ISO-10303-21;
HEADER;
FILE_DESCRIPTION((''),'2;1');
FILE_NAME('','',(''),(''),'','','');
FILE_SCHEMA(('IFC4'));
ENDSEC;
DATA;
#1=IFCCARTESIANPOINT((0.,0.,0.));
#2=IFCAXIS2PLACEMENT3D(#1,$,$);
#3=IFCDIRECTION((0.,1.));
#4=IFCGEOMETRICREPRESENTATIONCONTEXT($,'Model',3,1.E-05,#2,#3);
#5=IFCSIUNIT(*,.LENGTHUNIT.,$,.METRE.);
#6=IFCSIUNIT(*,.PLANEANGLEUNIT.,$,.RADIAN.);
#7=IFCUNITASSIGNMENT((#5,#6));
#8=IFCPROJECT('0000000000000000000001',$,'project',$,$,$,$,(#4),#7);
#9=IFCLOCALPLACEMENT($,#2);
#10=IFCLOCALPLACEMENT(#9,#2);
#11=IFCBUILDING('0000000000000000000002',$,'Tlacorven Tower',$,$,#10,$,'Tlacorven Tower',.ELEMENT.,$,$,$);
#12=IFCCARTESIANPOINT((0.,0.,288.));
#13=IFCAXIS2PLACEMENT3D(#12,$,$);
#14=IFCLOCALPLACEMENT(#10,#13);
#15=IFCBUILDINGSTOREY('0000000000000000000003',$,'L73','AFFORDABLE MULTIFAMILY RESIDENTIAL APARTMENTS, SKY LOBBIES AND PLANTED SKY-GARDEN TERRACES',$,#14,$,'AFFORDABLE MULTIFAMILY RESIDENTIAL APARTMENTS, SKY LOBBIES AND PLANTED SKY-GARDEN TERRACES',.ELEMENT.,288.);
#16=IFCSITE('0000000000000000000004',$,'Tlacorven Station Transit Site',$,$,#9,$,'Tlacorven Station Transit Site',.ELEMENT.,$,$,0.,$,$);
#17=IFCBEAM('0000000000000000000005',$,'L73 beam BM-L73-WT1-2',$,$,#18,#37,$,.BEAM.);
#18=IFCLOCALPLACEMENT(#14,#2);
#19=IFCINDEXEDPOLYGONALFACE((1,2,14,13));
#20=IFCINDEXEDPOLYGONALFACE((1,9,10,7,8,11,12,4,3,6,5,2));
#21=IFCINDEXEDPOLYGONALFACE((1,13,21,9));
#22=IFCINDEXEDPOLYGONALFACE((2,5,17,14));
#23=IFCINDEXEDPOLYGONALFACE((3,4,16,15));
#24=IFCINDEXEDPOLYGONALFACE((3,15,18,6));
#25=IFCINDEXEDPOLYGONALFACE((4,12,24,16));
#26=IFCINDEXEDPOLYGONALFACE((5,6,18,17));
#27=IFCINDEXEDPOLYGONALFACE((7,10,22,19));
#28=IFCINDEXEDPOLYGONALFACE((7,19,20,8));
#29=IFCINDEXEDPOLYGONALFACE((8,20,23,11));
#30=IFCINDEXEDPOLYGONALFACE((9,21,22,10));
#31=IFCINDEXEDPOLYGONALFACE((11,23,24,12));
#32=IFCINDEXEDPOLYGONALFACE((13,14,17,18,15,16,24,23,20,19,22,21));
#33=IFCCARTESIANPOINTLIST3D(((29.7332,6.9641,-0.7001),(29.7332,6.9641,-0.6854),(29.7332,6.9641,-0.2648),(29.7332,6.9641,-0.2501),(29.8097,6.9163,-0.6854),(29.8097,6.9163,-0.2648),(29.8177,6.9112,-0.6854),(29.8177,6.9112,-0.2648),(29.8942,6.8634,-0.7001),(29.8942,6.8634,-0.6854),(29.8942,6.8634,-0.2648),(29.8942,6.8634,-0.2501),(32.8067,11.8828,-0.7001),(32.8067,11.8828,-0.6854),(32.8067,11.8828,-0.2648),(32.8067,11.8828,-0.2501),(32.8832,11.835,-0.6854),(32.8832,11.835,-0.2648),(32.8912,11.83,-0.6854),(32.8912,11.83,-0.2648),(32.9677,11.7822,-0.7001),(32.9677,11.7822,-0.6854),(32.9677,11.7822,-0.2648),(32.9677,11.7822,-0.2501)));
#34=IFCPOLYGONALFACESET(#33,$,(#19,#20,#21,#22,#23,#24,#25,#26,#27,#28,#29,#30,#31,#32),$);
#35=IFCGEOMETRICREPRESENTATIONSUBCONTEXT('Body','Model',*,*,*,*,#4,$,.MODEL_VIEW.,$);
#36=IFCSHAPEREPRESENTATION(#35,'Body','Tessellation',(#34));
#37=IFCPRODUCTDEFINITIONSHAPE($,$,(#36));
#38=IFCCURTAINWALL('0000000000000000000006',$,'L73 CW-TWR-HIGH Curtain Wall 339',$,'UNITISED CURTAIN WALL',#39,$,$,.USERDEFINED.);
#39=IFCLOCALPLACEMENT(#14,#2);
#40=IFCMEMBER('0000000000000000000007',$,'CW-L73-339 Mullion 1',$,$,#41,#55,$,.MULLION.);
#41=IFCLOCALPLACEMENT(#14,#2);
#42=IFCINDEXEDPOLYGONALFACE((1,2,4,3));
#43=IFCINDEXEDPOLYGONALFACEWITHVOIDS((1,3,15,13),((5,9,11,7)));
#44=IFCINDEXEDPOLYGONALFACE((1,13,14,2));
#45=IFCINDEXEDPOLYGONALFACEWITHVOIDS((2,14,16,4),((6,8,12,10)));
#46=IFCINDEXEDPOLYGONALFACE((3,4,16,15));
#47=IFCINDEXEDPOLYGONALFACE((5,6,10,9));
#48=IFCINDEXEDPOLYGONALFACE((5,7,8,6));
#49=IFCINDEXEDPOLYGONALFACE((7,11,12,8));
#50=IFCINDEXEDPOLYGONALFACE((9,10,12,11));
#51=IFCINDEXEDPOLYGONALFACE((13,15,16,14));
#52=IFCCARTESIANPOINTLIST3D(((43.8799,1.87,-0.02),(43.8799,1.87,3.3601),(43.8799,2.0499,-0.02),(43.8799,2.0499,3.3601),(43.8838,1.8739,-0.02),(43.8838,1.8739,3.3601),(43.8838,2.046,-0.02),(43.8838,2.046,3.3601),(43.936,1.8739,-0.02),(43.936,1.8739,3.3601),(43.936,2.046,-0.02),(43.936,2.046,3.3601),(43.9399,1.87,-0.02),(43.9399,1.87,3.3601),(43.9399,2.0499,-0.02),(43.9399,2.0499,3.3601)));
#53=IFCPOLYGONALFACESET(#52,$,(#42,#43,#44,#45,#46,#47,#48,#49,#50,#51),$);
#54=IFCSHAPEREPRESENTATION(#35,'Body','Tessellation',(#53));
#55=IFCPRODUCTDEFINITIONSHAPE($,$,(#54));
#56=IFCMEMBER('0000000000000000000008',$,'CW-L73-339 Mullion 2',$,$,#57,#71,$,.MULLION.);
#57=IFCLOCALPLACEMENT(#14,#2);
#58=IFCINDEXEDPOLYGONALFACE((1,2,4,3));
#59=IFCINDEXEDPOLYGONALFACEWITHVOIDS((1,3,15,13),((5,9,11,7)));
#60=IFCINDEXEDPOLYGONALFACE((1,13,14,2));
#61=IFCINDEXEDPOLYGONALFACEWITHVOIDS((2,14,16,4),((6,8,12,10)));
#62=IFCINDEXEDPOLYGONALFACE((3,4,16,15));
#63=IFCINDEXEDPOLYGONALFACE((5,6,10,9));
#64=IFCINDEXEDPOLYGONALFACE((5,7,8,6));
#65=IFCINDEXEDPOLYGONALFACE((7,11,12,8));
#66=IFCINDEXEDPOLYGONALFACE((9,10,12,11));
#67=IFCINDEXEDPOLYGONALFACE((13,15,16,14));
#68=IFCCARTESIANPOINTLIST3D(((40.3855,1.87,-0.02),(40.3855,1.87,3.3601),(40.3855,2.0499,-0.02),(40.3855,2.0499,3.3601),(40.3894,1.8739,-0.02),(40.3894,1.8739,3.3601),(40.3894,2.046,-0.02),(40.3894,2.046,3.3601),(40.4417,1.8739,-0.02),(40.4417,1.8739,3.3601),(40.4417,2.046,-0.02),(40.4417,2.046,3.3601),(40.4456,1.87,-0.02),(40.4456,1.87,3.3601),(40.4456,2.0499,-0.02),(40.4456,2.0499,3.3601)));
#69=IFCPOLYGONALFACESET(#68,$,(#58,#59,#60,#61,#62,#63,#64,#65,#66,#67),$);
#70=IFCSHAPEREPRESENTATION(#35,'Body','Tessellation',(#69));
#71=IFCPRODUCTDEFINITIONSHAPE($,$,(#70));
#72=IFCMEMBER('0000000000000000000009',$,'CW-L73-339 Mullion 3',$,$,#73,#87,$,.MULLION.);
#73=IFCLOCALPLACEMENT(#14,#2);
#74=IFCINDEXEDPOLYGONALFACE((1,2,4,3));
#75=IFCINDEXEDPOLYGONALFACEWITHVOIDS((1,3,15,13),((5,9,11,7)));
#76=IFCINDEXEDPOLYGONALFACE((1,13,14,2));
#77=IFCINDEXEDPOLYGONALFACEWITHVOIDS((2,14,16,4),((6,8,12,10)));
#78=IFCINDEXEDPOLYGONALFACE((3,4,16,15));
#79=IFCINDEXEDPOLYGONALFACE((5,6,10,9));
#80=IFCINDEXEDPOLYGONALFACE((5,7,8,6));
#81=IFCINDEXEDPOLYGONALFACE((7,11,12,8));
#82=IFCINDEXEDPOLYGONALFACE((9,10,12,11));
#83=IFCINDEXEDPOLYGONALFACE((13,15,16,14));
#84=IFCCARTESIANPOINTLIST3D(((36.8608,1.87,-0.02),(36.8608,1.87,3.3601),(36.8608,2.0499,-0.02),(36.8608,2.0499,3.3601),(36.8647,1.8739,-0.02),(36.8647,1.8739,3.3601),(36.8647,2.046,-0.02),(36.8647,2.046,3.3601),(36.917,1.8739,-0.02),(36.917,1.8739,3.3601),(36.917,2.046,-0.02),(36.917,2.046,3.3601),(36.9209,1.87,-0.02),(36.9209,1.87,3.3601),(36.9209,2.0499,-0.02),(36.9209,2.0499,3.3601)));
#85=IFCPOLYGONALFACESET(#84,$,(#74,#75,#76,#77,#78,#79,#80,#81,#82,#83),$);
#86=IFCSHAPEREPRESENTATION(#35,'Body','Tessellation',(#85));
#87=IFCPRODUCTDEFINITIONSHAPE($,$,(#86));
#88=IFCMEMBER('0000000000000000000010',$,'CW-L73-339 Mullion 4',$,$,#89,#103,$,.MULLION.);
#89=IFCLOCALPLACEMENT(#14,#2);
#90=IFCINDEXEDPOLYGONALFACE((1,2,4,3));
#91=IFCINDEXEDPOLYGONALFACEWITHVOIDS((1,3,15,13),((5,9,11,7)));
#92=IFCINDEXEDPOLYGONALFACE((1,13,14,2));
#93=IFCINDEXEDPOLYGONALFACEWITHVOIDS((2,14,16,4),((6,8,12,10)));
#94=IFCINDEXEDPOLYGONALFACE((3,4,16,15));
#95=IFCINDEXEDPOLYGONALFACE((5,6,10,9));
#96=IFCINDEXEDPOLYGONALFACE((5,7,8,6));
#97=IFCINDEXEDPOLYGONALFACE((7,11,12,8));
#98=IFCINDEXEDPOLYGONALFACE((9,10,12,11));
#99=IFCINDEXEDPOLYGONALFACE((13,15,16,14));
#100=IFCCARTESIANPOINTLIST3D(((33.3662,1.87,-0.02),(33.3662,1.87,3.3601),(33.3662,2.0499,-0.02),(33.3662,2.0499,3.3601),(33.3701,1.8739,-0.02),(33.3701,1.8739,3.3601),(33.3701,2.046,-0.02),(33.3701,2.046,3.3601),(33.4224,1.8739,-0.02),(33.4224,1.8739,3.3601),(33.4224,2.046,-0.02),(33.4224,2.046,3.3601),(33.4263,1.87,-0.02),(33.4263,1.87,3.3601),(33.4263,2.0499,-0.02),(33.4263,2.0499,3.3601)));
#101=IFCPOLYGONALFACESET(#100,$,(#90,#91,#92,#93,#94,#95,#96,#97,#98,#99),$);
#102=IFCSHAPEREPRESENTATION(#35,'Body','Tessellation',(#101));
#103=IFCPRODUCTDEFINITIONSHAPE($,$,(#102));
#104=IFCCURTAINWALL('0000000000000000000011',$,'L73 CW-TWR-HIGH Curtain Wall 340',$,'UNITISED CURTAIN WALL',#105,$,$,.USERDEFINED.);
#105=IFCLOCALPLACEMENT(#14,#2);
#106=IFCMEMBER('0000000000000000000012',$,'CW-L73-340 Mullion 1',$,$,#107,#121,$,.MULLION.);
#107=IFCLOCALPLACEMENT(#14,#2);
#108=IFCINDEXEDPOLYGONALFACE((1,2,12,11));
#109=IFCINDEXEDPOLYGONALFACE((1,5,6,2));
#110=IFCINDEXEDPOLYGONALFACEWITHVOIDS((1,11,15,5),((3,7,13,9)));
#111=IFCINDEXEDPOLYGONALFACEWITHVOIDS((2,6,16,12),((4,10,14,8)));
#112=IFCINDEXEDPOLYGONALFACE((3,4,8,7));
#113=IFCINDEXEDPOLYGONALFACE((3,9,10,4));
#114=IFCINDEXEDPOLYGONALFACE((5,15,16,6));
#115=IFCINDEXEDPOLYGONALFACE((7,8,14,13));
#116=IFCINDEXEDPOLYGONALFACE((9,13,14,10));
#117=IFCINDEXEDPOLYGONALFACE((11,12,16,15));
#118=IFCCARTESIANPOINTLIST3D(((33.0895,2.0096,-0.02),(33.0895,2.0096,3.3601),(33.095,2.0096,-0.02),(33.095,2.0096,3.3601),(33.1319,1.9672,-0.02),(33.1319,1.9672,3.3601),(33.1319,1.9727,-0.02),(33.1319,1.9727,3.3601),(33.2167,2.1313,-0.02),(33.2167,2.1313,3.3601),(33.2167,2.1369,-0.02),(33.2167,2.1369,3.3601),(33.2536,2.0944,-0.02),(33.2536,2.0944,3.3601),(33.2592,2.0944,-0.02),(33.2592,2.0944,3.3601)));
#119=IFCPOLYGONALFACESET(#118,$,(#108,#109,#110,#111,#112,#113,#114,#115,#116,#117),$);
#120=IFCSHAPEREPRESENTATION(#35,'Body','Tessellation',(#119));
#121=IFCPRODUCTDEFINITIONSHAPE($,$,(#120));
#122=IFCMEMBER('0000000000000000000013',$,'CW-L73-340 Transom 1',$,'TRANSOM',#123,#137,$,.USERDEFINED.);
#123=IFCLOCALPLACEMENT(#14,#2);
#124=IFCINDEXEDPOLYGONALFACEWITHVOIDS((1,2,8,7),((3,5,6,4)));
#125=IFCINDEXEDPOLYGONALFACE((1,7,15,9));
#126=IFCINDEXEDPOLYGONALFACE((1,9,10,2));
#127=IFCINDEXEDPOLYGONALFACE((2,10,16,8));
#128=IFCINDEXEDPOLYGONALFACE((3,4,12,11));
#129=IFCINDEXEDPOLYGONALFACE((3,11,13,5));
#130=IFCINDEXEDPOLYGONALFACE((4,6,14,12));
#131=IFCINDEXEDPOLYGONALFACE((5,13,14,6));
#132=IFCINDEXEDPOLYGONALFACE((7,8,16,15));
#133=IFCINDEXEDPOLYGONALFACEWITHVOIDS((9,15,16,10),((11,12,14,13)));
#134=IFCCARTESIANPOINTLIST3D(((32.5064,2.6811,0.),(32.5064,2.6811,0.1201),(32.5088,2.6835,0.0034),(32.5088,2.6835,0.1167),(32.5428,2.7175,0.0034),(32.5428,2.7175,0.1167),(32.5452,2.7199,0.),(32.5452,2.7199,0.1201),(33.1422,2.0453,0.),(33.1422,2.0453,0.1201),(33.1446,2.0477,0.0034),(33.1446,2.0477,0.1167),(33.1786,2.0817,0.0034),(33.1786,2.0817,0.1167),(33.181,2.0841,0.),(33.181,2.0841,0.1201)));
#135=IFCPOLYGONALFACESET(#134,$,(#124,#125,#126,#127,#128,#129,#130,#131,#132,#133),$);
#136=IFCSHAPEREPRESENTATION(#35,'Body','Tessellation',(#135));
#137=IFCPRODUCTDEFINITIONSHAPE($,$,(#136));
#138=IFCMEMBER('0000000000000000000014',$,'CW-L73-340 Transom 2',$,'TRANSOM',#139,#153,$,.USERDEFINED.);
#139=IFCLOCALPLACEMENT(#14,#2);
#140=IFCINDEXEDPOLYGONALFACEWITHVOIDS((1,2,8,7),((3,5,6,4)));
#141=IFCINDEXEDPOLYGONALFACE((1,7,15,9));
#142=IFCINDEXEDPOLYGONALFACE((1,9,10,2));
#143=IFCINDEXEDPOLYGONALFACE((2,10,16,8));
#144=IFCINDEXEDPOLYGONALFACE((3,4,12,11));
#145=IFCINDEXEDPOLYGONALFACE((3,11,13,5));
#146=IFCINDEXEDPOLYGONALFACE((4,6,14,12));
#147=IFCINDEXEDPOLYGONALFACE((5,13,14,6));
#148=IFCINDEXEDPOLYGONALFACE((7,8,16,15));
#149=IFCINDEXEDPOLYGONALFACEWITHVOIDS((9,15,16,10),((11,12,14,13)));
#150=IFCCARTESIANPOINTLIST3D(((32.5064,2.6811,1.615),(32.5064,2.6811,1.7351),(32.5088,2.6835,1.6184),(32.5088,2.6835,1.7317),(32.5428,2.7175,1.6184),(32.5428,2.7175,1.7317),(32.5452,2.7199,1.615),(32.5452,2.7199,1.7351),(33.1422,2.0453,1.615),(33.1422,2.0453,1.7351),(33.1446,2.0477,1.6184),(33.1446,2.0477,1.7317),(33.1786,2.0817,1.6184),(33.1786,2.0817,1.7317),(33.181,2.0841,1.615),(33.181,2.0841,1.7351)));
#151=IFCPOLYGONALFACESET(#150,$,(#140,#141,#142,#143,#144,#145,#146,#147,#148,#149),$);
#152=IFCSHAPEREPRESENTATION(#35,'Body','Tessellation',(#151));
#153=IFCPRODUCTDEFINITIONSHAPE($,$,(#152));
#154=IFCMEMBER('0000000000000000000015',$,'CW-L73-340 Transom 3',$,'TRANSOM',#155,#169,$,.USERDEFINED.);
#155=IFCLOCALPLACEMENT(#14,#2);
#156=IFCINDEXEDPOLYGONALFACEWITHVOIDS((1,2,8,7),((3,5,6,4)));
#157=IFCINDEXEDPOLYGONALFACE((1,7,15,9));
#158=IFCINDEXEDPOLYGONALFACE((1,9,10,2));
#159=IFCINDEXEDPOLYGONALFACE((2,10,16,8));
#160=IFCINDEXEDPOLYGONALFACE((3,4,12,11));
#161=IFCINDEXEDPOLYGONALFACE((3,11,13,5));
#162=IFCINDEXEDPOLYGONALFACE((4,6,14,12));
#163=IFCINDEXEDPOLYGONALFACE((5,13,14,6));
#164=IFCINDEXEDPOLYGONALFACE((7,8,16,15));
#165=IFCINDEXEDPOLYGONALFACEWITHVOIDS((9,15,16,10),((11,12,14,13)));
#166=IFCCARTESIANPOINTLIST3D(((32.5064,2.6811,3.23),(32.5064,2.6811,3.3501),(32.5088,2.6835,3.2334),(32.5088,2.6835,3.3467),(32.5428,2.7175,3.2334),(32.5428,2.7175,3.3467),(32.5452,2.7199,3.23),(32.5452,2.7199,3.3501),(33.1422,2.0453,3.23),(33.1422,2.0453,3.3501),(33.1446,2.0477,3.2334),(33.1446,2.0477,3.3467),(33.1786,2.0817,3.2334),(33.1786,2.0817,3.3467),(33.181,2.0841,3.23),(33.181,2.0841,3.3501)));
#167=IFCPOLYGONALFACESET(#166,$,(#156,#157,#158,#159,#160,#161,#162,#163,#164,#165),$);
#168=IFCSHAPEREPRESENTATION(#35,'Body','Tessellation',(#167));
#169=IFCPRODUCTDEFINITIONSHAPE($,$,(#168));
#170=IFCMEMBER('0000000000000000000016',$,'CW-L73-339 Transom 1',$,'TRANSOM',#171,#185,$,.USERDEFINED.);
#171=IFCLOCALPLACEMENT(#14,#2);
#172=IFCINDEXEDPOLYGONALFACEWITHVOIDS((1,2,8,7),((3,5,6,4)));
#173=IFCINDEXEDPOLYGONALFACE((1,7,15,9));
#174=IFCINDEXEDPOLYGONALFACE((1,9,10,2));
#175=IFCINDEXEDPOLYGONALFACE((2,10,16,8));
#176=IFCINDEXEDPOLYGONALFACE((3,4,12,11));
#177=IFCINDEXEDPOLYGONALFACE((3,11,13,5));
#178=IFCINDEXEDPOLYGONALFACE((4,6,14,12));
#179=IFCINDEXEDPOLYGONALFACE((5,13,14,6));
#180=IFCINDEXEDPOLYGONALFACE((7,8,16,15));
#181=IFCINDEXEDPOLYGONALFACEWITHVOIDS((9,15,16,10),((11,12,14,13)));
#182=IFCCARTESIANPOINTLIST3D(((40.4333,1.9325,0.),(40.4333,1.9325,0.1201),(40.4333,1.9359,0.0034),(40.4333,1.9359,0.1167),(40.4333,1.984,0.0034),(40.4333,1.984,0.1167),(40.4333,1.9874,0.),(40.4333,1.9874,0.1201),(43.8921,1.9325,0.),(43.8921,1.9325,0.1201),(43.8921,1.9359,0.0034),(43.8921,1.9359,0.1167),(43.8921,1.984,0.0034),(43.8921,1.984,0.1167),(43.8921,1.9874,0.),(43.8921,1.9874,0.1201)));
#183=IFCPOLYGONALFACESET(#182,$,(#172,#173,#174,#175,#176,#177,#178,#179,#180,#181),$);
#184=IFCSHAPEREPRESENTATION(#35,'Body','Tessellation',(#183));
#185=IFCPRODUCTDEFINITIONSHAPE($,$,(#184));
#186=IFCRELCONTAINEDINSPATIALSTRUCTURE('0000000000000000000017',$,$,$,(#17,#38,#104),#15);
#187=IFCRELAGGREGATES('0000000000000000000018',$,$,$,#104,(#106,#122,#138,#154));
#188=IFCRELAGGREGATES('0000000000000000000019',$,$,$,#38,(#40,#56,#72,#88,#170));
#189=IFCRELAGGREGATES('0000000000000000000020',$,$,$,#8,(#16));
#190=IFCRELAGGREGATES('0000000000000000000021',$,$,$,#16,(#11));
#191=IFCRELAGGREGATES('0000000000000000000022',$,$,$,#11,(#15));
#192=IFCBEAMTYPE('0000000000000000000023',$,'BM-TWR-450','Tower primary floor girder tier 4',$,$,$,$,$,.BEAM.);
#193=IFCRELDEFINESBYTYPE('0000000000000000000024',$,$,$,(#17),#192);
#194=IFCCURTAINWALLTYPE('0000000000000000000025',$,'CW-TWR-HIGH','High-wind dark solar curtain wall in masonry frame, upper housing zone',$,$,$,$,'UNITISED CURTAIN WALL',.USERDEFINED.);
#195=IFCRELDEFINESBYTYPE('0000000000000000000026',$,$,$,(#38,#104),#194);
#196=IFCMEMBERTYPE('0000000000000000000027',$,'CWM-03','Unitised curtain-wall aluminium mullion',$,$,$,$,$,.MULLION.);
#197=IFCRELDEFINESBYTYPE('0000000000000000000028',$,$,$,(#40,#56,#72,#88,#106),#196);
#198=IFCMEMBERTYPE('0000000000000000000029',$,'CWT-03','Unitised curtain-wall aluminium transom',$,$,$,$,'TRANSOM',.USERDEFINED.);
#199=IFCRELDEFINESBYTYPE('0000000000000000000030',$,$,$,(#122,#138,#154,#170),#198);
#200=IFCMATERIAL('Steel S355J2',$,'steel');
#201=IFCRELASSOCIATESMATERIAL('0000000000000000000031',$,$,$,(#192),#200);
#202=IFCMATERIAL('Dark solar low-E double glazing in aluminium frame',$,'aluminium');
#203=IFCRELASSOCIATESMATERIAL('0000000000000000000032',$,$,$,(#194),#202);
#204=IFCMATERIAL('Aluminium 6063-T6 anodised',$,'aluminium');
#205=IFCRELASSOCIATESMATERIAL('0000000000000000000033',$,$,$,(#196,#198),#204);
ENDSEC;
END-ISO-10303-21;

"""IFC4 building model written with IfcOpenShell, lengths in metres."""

from ifc_helpers import new_model, si_unit, direction, frame, origin, origin_2d, place, context, subcontext, project, spatial, hollow_rectangle, i_section, extrude, source, transform, mapped, material, material_profile, profile_set, type_object, element, aggregate, save


model = new_model("IFC4")

# Units and contexts
model_context = context("Model", 3, precision=1e-05, world=origin(), true_north=direction((0.0, 1.0)))
body_context = subcontext(model_context, "Body", "Model", "MODEL_VIEW")
ifc_project = project(units=[si_unit("LENGTHUNIT", "METRE"), si_unit("PLANEANGLEUNIT", "RADIAN")], contexts=[model_context])

# Site, building, storey
site_placement = place(None, origin())
site = spatial("IfcSite", under=ifc_project, at=site_placement, Name="Tlacorven Station Transit Site", LongName="Tlacorven Station Transit Site", CompositionType="ELEMENT", RefElevation=0.0)
building_placement = place(site_placement, origin())
building = spatial("IfcBuilding", under=site, at=building_placement, Name="Tlacorven Tower", LongName="Tlacorven Tower", CompositionType="ELEMENT")
storey_placement = place(building_placement, frame((0.0, 0.0, 288.0)))
storey = spatial("IfcBuildingStorey", under=building, at=storey_placement, Name="L73", Description="AFFORDABLE MULTIFAMILY RESIDENTIAL APARTMENTS, SKY LOBBIES AND PLANTED SKY-GARDEN TERRACES", LongName="AFFORDABLE MULTIFAMILY RESIDENTIAL APARTMENTS, SKY LOBBIES AND PLANTED SKY-GARDEN TERRACES", CompositionType="ELEMENT", Elevation=288.0)

# Beam
ifc_material_1 = material(Name="Steel S355J2", Category="steel")
ifc_material_profile_1 = material_profile(ifc_material_1, i_section(OverallWidth=0.1899, OverallDepth=0.45, WebThickness=0.0095, FlangeThickness=0.0146, at=origin_2d()), Name="IPE 450")
ifc_profile_set_1 = profile_set([ifc_material_profile_1], Name="Steel S355J2")
beam_type = type_object("IfcBeamType", Name="BM-TWR-450", Description="Tower primary floor girder tier 4", PredefinedType="BEAM", material=ifc_profile_set_1)
shared_shape_1 = source(origin(), body_context, "Body", "SweptSolid", [
    extrude(i_section(OverallWidth=0.1899, OverallDepth=0.45, WebThickness=0.0095, FlangeThickness=0.0146, at=origin_2d()), origin(), (0.0, 0.0, 1.0), 5.8),
])
beam_placement = place(storey_placement, frame((32.8872, 11.8325, -0.4751), z_axis=(-0.529912, -0.848053, 0.0), x_axis=(0.848053, -0.529912, 0.0)))
element("IfcBeam", 1, at=beam_placement, inside=storey, type_object=beam_type, Name="L73 beam BM-L73-WT1-2", PredefinedType="BEAM", context=body_context, shape_type="MappedRepresentation", body=[
    mapped(shared_shape_1, transform((0.0, 0.0, 0.0), scale=1.0)),
])

# Curtain walls, members
ifc_material_2 = material(Name="Dark solar low-E double glazing in aluminium frame", Category="aluminium")
curtain_wall_type = type_object("IfcCurtainWallType", Name="CW-TWR-HIGH", Description="High-wind dark solar curtain wall in masonry frame, upper housing zone", ElementType="UNITISED CURTAIN WALL", PredefinedType="USERDEFINED", material=ifc_material_2)
curtain_wall_1_placement = place(storey_placement, origin())
curtain_wall_1 = element("IfcCurtainWall", 2, at=curtain_wall_1_placement, inside=storey, type_object=curtain_wall_type, Name="L73 CW-TWR-HIGH Curtain Wall 339", ObjectType="UNITISED CURTAIN WALL", PredefinedType="USERDEFINED")
ifc_material_3 = material(Name="Aluminium 6063-T6 anodised", Category="aluminium")
ifc_material_profile_2 = material_profile(ifc_material_3, hollow_rectangle(XDim=0.0601, YDim=0.1799, WallThickness=0.0039, at=origin_2d()), Name="ALU MULLION 60X180")
ifc_profile_set_2 = profile_set([ifc_material_profile_2], Name="Aluminium 6063-T6 anodised")
member_type_1 = type_object("IfcMemberType", Name="CWM-03", Description="Unitised curtain-wall aluminium mullion", PredefinedType="MULLION", material=ifc_profile_set_2)
shared_shape_2 = source(origin(), body_context, "Body", "SweptSolid", [
    extrude(hollow_rectangle(XDim=0.0601, YDim=0.1799, WallThickness=0.0039, at=origin_2d()), origin(), (0.0, 0.0, 1.0), 3.3801),
])
member_1_placement = place(storey_placement, frame((43.9099, 1.96, -0.02), z_axis=(0.0, 0.0, 1.0), x_axis=(-1.0, 0.0, 0.0)))
member_1 = element("IfcMember", 3, at=member_1_placement, type_object=member_type_1, Name="CW-L73-339 Mullion 1", PredefinedType="MULLION", context=body_context, shape_type="MappedRepresentation", body=[
    mapped(shared_shape_2, transform((0.0, 0.0, 0.0), scale=1.0)),
])
member_2_placement = place(storey_placement, frame((40.4155, 1.96, -0.02), z_axis=(0.0, 0.0, 1.0), x_axis=(-1.0, 0.0, 0.0)))
member_2 = element("IfcMember", 4, at=member_2_placement, type_object=member_type_1, Name="CW-L73-339 Mullion 2", PredefinedType="MULLION", context=body_context, shape_type="MappedRepresentation", body=[
    mapped(shared_shape_2, transform((0.0, 0.0, 0.0), scale=1.0)),
])
member_3_placement = place(storey_placement, frame((36.8909, 1.96, -0.02), z_axis=(0.0, 0.0, 1.0), x_axis=(-1.0, 0.0, 0.0)))
member_3 = element("IfcMember", 5, at=member_3_placement, type_object=member_type_1, Name="CW-L73-339 Mullion 3", PredefinedType="MULLION", context=body_context, shape_type="MappedRepresentation", body=[
    mapped(shared_shape_2, transform((0.0, 0.0, 0.0), scale=1.0)),
])
member_4_placement = place(storey_placement, frame((33.3962, 1.96, -0.02), z_axis=(0.0, 0.0, 1.0), x_axis=(-1.0, 0.0, 0.0)))
member_4 = element("IfcMember", 6, at=member_4_placement, type_object=member_type_1, Name="CW-L73-339 Mullion 4", PredefinedType="MULLION", context=body_context, shape_type="MappedRepresentation", body=[
    mapped(shared_shape_2, transform((0.0, 0.0, 0.0), scale=1.0)),
])
curtain_wall_2_placement = place(storey_placement, origin())
curtain_wall_2 = element("IfcCurtainWall", 7, at=curtain_wall_2_placement, inside=storey, type_object=curtain_wall_type, Name="L73 CW-TWR-HIGH Curtain Wall 340", ObjectType="UNITISED CURTAIN WALL", PredefinedType="USERDEFINED")
member_5_placement = place(storey_placement, frame((33.1743, 2.052, -0.02), z_axis=(0.0, 0.0, 1.0), x_axis=(-0.707107, 0.707107, 0.0)))
member_5 = element("IfcMember", 8, at=member_5_placement, type_object=member_type_1, Name="CW-L73-340 Mullion 1", PredefinedType="MULLION", context=body_context, shape_type="MappedRepresentation", body=[
    mapped(shared_shape_2, transform((0.0, 0.0, 0.0), scale=1.0)),
])
ifc_material_profile_3 = material_profile(ifc_material_3, hollow_rectangle(XDim=0.0549, YDim=0.1201, WallThickness=0.0034, at=origin_2d()), Name="ALU TRANSOM 55X120")
ifc_profile_set_3 = profile_set([ifc_material_profile_3], Name="Aluminium 6063-T6 anodised")
member_type_2 = type_object("IfcMemberType", Name="CWT-03", Description="Unitised curtain-wall aluminium transom", ElementType="TRANSOM", PredefinedType="USERDEFINED", material=ifc_profile_set_3)
shared_shape_3 = source(origin(), body_context, "Body", "SweptSolid", [
    extrude(hollow_rectangle(XDim=0.0549, YDim=0.1201, WallThickness=0.0034, at=origin_2d()), origin(), (0.0, 0.0, 1.0), 0.8992),
])
member_6_placement = place(storey_placement, frame((33.1616, 2.0647, 0.0601), z_axis=(-0.707107, 0.707107, 0.0), x_axis=(-0.707107, -0.707107, 0.0)))
member_6 = element("IfcMember", 9, at=member_6_placement, type_object=member_type_2, Name="CW-L73-340 Transom 1", ObjectType="TRANSOM", PredefinedType="USERDEFINED", context=body_context, shape_type="MappedRepresentation", body=[
    mapped(shared_shape_3, transform((0.0, 0.0, 0.0), scale=1.0)),
])
member_7_placement = place(storey_placement, frame((33.1616, 2.0647, 1.675), z_axis=(-0.707107, 0.707107, 0.0), x_axis=(-0.707107, -0.707107, 0.0)))
member_7 = element("IfcMember", 10, at=member_7_placement, type_object=member_type_2, Name="CW-L73-340 Transom 2", ObjectType="TRANSOM", PredefinedType="USERDEFINED", context=body_context, shape_type="MappedRepresentation", body=[
    mapped(shared_shape_3, transform((0.0, 0.0, 0.0), scale=1.0)),
])
member_8_placement = place(storey_placement, frame((33.1616, 2.0647, 3.29), z_axis=(-0.707107, 0.707107, 0.0), x_axis=(-0.707107, -0.707107, 0.0)))
member_8 = element("IfcMember", 11, at=member_8_placement, type_object=member_type_2, Name="CW-L73-340 Transom 3", ObjectType="TRANSOM", PredefinedType="USERDEFINED", context=body_context, shape_type="MappedRepresentation", body=[
    mapped(shared_shape_3, transform((0.0, 0.0, 0.0), scale=1.0)),
])

# Member
shared_shape_4 = source(origin(), body_context, "Body", "SweptSolid", [
    extrude(hollow_rectangle(XDim=0.0549, YDim=0.1201, WallThickness=0.0034, at=origin_2d()), origin(), (0.0, 0.0, 1.0), 3.4587),
])
member_9_placement = place(storey_placement, frame((43.8921, 1.96, 0.0601), z_axis=(-1.0, 0.0, 0.0), x_axis=(0.0, -1.0, 0.0)))
member_9 = element("IfcMember", 12, at=member_9_placement, type_object=member_type_2, Name="CW-L73-339 Transom 1", ObjectType="TRANSOM", PredefinedType="USERDEFINED", context=body_context, shape_type="MappedRepresentation", body=[
    mapped(shared_shape_4, transform((0.0, 0.0, 0.0), scale=1.0)),
])

aggregate(curtain_wall_2, [member_5, member_6, member_7, member_8])
aggregate(curtain_wall_1, [member_1, member_2, member_3, member_4, member_9])

save(model, "model.ifc")
